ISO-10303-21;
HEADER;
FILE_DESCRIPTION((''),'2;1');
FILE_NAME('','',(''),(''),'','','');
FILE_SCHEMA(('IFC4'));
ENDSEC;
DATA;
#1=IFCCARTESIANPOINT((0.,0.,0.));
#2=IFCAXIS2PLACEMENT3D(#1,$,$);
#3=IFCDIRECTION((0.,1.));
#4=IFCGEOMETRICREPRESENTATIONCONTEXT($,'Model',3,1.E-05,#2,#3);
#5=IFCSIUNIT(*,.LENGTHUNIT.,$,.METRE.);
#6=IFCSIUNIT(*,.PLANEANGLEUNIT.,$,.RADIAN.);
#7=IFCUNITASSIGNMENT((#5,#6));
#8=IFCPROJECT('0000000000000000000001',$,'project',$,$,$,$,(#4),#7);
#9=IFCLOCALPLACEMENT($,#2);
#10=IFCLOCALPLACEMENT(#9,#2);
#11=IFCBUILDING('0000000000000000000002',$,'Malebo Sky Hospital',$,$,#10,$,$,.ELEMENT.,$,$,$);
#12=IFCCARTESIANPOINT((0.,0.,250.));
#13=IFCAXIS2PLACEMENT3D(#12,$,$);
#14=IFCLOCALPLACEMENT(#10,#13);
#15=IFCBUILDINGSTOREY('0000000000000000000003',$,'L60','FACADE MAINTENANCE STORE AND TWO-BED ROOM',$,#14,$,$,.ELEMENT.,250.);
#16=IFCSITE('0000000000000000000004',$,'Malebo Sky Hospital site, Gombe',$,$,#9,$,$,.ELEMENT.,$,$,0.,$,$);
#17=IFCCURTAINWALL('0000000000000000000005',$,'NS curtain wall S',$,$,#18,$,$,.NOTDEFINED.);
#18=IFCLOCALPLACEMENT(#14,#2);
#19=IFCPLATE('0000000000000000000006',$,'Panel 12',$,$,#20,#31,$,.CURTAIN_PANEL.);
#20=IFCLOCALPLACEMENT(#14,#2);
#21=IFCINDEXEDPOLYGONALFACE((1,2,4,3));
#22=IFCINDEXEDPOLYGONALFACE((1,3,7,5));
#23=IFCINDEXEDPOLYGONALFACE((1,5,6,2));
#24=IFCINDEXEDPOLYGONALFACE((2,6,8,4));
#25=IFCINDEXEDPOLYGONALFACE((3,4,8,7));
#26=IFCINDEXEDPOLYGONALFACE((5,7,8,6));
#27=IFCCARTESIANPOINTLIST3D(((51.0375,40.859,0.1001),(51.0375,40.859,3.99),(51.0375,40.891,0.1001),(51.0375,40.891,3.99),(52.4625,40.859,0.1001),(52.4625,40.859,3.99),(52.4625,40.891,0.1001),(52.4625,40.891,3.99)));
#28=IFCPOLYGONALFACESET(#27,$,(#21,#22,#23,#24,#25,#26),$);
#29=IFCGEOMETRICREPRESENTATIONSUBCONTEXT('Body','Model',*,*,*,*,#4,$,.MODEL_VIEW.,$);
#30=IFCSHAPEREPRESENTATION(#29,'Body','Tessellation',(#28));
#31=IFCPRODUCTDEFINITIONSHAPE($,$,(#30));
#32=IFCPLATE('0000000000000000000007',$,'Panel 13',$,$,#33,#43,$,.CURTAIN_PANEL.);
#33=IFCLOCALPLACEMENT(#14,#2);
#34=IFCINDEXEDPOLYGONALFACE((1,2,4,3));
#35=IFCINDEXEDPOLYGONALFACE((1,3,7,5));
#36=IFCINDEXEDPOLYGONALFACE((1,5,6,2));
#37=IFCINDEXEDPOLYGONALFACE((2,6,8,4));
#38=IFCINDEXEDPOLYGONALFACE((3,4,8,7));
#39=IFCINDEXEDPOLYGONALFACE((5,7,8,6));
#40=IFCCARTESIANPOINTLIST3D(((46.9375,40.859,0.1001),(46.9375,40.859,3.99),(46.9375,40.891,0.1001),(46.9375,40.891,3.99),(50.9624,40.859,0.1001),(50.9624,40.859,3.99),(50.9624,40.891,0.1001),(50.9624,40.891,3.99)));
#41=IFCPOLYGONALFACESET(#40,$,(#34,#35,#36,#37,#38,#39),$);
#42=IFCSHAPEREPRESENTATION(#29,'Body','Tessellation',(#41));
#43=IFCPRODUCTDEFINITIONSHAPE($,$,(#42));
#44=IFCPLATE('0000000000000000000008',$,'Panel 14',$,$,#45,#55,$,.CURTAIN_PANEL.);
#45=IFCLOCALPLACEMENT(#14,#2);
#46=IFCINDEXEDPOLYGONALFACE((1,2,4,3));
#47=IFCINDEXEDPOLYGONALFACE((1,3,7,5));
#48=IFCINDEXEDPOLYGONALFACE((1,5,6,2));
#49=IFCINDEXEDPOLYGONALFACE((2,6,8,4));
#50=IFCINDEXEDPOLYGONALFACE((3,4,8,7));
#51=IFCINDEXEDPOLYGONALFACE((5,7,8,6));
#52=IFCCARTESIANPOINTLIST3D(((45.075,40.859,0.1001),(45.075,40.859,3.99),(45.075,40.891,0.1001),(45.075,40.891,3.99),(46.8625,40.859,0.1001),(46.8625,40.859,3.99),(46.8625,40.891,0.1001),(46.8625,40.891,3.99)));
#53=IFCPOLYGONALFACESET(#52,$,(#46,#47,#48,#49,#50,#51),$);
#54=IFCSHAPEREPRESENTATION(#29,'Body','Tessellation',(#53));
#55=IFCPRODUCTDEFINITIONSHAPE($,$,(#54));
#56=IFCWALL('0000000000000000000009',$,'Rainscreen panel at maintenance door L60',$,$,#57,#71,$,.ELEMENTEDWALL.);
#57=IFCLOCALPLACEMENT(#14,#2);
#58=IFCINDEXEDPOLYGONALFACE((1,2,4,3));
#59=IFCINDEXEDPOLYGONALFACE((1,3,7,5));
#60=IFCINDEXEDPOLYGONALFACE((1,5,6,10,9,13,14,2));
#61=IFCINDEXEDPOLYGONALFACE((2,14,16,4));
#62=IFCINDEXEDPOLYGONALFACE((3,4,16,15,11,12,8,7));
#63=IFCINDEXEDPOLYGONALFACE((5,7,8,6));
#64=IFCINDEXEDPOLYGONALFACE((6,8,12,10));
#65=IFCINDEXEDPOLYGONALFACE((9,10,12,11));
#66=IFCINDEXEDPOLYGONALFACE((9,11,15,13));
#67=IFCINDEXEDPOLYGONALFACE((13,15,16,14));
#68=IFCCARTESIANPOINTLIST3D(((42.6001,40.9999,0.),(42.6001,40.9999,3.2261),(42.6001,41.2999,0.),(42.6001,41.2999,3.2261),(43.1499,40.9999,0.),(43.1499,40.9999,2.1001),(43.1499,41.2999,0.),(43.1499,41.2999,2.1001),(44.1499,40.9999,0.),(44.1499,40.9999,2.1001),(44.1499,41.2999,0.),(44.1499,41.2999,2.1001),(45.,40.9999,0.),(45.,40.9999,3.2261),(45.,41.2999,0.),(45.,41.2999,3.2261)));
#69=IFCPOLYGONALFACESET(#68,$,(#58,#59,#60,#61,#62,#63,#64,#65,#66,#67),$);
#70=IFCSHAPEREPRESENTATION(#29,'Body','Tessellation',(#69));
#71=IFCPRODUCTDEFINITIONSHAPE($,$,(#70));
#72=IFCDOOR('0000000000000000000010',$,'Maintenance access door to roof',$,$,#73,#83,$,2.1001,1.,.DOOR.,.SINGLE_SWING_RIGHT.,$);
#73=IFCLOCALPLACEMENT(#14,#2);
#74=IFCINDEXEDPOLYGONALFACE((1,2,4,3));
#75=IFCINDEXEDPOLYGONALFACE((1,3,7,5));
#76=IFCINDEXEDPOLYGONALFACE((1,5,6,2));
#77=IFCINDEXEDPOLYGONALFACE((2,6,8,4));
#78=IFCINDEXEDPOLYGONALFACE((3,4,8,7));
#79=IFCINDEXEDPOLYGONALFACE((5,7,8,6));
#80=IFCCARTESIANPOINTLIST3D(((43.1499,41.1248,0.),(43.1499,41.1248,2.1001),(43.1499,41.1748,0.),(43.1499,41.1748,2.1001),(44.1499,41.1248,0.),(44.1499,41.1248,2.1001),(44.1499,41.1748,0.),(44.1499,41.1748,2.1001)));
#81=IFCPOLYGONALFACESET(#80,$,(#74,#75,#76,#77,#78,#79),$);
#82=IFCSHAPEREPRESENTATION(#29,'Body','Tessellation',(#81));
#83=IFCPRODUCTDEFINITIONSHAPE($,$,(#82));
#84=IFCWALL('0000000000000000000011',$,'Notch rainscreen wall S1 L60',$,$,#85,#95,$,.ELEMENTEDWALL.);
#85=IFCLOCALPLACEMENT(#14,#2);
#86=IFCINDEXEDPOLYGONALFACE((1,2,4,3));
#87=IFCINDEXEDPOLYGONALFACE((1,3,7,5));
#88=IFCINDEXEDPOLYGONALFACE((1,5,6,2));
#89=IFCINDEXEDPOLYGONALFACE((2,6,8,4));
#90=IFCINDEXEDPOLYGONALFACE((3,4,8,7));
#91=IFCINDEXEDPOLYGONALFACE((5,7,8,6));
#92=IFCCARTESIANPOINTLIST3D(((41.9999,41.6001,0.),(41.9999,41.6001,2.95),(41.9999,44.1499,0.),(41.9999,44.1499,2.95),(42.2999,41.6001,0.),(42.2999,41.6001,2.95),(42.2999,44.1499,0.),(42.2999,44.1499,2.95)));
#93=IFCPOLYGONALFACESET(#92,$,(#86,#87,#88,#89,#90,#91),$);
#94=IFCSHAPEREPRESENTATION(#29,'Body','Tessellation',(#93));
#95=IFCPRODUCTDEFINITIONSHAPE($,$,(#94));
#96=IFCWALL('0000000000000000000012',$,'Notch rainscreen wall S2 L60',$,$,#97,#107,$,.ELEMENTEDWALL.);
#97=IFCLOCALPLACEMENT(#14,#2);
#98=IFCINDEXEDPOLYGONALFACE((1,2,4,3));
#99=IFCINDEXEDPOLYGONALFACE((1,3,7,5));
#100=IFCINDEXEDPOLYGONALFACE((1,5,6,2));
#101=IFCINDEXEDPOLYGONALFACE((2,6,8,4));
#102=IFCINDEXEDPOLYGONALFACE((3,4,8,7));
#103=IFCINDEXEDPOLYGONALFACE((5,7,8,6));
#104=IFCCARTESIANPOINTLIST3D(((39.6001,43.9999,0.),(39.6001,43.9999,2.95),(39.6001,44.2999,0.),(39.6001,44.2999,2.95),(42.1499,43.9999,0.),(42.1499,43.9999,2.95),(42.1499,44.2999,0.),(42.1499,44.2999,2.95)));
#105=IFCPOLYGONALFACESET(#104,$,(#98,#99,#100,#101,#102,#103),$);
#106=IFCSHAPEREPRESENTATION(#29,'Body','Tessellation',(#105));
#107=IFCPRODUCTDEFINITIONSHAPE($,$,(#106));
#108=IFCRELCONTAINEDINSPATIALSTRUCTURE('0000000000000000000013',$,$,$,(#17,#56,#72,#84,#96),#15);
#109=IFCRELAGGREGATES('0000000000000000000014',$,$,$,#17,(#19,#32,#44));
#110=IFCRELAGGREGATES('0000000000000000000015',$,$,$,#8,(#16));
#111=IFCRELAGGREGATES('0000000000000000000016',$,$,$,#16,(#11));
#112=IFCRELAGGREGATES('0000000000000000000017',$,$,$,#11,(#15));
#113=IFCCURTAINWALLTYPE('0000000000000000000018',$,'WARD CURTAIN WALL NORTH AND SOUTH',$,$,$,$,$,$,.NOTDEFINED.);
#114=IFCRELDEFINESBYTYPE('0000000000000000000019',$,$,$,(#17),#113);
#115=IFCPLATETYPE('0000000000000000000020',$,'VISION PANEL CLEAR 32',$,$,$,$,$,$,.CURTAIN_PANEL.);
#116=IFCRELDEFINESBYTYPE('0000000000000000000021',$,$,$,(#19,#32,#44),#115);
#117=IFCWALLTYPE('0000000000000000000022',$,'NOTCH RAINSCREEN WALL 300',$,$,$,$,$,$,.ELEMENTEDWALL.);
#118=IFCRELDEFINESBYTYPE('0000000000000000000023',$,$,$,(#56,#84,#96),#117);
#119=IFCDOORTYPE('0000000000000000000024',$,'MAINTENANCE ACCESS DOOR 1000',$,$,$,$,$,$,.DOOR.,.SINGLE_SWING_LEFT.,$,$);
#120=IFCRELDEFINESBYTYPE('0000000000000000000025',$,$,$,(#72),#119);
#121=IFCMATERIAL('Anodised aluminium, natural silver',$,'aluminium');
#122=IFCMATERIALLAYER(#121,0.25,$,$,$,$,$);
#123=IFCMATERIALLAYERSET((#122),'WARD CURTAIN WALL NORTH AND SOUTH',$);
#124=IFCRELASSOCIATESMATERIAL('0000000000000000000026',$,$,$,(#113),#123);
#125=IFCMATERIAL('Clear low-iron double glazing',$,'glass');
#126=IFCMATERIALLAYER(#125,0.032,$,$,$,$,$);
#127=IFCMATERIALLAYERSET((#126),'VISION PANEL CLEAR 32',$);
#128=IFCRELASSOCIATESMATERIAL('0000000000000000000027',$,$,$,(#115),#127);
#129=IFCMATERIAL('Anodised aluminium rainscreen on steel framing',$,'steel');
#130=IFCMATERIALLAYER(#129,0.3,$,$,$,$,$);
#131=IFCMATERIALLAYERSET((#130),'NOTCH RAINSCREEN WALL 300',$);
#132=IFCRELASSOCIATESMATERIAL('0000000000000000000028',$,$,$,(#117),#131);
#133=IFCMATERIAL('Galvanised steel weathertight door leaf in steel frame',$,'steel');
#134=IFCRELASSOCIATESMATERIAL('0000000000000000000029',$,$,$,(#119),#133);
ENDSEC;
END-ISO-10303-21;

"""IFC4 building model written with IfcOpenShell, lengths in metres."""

from ifc_helpers import new_model, si_unit, direction, frame, frame_2d, origin, origin_2d, place, context, subcontext, project, spatial, rectangle, extrude, material, layer, layer_set, type_object, element, fill, aggregate, save


model = new_model("IFC4")

# Units and contexts
model_context = context("Model", 3, precision=1e-05, world=origin(), true_north=direction((0.0, 1.0)))
body_context = subcontext(model_context, "Body", "Model", "MODEL_VIEW")
ifc_project = project(units=[si_unit("LENGTHUNIT", "METRE"), si_unit("PLANEANGLEUNIT", "RADIAN")], contexts=[model_context])

# Site, building, storey
site_placement = place(None, origin())
site = spatial("IfcSite", under=ifc_project, at=site_placement, Name="Malebo Sky Hospital site, Gombe", CompositionType="ELEMENT", RefElevation=0.0)
building_placement = place(site_placement, origin())
building = spatial("IfcBuilding", under=site, at=building_placement, Name="Malebo Sky Hospital", CompositionType="ELEMENT")
storey_placement = place(building_placement, frame((0.0, 0.0, 250.0)))
storey = spatial("IfcBuildingStorey", under=building, at=storey_placement, Name="L60", Description="FACADE MAINTENANCE STORE AND TWO-BED ROOM", CompositionType="ELEMENT", Elevation=250.0)

# Curtain wall
ifc_material_1 = material(Name="Anodised aluminium, natural silver", Category="aluminium")
ifc_layer_1 = layer(ifc_material_1, 0.25)
ifc_layer_set_1 = layer_set([ifc_layer_1], Name="WARD CURTAIN WALL NORTH AND SOUTH")
curtain_wall_type = type_object("IfcCurtainWallType", Name="WARD CURTAIN WALL NORTH AND SOUTH", PredefinedType="NOTDEFINED", material=ifc_layer_set_1)
curtain_wall_placement = place(storey_placement, origin())
curtain_wall = element("IfcCurtainWall", 1, at=curtain_wall_placement, inside=storey, type_object=curtain_wall_type, Name="NS curtain wall S", PredefinedType="NOTDEFINED")

# Plates
ifc_material_2 = material(Name="Clear low-iron double glazing", Category="glass")
ifc_layer_2 = layer(ifc_material_2, 0.032)
ifc_layer_set_2 = layer_set([ifc_layer_2], Name="VISION PANEL CLEAR 32")
plate_type = type_object("IfcPlateType", Name="VISION PANEL CLEAR 32", PredefinedType="CURTAIN_PANEL", material=ifc_layer_set_2)
plate_1_placement = place(storey_placement, frame((51.75, 40.875, 0.1001), z_axis=(0.0, 0.0, 1.0), x_axis=(-1.0, 0.0, 0.0)))
plate_1 = element("IfcPlate", 2, at=plate_1_placement, type_object=plate_type, Name="Panel 12", PredefinedType="CURTAIN_PANEL", context=body_context, shape_type="SweptSolid", body=[
    extrude(rectangle(XDim=1.425, YDim=0.032, at=origin_2d()), origin(), (0.0, 0.0, 1.0), 3.8899),
])
plate_2_placement = place(storey_placement, frame((48.95, 40.875, 0.1001), z_axis=(0.0, 0.0, 1.0), x_axis=(-1.0, 0.0, 0.0)))
plate_2 = element("IfcPlate", 3, at=plate_2_placement, type_object=plate_type, Name="Panel 13", PredefinedType="CURTAIN_PANEL", context=body_context, shape_type="SweptSolid", body=[
    extrude(rectangle(XDim=4.0249, YDim=0.032, at=origin_2d()), origin(), (0.0, 0.0, 1.0), 3.8899),
])
plate_3_placement = place(storey_placement, frame((45.9688, 40.875, 0.1001), z_axis=(0.0, 0.0, 1.0), x_axis=(-1.0, 0.0, 0.0)))
plate_3 = element("IfcPlate", 4, at=plate_3_placement, type_object=plate_type, Name="Panel 14", PredefinedType="CURTAIN_PANEL", context=body_context, shape_type="SweptSolid", body=[
    extrude(rectangle(XDim=1.7876, YDim=0.032, at=origin_2d()), origin(), (0.0, 0.0, 1.0), 3.8899),
])
aggregate(curtain_wall, [plate_1, plate_2, plate_3])

# Wall, opening, door
ifc_material_3 = material(Name="Anodised aluminium rainscreen on steel framing", Category="steel")
ifc_layer_3 = layer(ifc_material_3, 0.3)
ifc_layer_set_3 = layer_set([ifc_layer_3], Name="NOTCH RAINSCREEN WALL 300")
wall_type = type_object("IfcWallType", Name="NOTCH RAINSCREEN WALL 300", PredefinedType="ELEMENTEDWALL", material=ifc_layer_set_3)
wall_placement = place(storey_placement, frame((45.0, 41.1499, 0.0), z_axis=(0.0, 0.0, 1.0), x_axis=(-1.0, 0.0, 0.0)))
wall = element("IfcWall", 5, at=wall_placement, inside=storey, type_object=wall_type, Name="Rainscreen panel at maintenance door L60", PredefinedType="ELEMENTEDWALL", context=body_context, shape_type="SweptSolid", body=[
    extrude(rectangle(XDim=2.3999, YDim=0.3, at=frame_2d((1.2, 0.0))), origin(), (0.0, 0.0, 1.0), 3.2261),
])
opening_placement = place(wall_placement, frame((0.8501, 0.0, 0.0)))
opening = element("IfcOpeningElement", 6, at=opening_placement, cuts=wall, PredefinedType="OPENING", context=body_context, shape_type="SweptSolid", body=[
    extrude(rectangle(XDim=1.0, YDim=2.1001, at=frame_2d((0.5, 1.05))), frame((0.0, 0.1599, 0.0), z_axis=(0.0, -1.0, 0.0), x_axis=(1.0, 0.0, 0.0)), (0.0, 0.0, 1.0), 0.3201),
])
ifc_material_4 = material(Name="Galvanised steel weathertight door leaf in steel frame", Category="steel")
door_type = type_object("IfcDoorType", Name="MAINTENANCE ACCESS DOOR 1000", OperationType="SINGLE_SWING_LEFT", PredefinedType="DOOR", material=ifc_material_4)
door_placement = place(opening_placement, frame((1.0, 0.0, 0.0), z_axis=(0.0, 0.0, 1.0), x_axis=(-1.0, 0.0, 0.0)))
door = element("IfcDoor", 7, at=door_placement, inside=storey, type_object=door_type, Name="Maintenance access door to roof", OperationType="SINGLE_SWING_RIGHT", OverallHeight=2.1001, OverallWidth=1.0, PredefinedType="DOOR", context=body_context, shape_type="SweptSolid", body=[
    extrude(rectangle(XDim=1.0, YDim=2.1001, at=frame_2d((0.5, 1.05))), frame((0.0, 0.0249, 0.0), z_axis=(0.0, -1.0, 0.0), x_axis=(1.0, 0.0, 0.0)), (0.0, 0.0, 1.0), 0.05),
])
fill(opening, door)

# Walls
for number, where, z_axis, x_axis, name in (
    (8, (42.1499, 41.6001, 0.0), (0.0, 0.0, 1.0), (0.0, 1.0, 0.0), "Notch rainscreen wall S1 L60"),
    (9, (42.1499, 44.1499, 0.0), (0.0, 0.0, 1.0), (-1.0, 0.0, 0.0), "Notch rainscreen wall S2 L60"),
):
    element("IfcWall", number, at=place(storey_placement, frame(where, z_axis=z_axis, x_axis=x_axis)), inside=storey, type_object=wall_type, Name=name, PredefinedType="ELEMENTEDWALL", context=body_context, shape_type="SweptSolid", body=[
        extrude(rectangle(XDim=2.5498, YDim=0.3, at=frame_2d((1.2749, 0.0))), origin(), (0.0, 0.0, 1.0), 2.95),
    ])

save(model, "model.ifc")
